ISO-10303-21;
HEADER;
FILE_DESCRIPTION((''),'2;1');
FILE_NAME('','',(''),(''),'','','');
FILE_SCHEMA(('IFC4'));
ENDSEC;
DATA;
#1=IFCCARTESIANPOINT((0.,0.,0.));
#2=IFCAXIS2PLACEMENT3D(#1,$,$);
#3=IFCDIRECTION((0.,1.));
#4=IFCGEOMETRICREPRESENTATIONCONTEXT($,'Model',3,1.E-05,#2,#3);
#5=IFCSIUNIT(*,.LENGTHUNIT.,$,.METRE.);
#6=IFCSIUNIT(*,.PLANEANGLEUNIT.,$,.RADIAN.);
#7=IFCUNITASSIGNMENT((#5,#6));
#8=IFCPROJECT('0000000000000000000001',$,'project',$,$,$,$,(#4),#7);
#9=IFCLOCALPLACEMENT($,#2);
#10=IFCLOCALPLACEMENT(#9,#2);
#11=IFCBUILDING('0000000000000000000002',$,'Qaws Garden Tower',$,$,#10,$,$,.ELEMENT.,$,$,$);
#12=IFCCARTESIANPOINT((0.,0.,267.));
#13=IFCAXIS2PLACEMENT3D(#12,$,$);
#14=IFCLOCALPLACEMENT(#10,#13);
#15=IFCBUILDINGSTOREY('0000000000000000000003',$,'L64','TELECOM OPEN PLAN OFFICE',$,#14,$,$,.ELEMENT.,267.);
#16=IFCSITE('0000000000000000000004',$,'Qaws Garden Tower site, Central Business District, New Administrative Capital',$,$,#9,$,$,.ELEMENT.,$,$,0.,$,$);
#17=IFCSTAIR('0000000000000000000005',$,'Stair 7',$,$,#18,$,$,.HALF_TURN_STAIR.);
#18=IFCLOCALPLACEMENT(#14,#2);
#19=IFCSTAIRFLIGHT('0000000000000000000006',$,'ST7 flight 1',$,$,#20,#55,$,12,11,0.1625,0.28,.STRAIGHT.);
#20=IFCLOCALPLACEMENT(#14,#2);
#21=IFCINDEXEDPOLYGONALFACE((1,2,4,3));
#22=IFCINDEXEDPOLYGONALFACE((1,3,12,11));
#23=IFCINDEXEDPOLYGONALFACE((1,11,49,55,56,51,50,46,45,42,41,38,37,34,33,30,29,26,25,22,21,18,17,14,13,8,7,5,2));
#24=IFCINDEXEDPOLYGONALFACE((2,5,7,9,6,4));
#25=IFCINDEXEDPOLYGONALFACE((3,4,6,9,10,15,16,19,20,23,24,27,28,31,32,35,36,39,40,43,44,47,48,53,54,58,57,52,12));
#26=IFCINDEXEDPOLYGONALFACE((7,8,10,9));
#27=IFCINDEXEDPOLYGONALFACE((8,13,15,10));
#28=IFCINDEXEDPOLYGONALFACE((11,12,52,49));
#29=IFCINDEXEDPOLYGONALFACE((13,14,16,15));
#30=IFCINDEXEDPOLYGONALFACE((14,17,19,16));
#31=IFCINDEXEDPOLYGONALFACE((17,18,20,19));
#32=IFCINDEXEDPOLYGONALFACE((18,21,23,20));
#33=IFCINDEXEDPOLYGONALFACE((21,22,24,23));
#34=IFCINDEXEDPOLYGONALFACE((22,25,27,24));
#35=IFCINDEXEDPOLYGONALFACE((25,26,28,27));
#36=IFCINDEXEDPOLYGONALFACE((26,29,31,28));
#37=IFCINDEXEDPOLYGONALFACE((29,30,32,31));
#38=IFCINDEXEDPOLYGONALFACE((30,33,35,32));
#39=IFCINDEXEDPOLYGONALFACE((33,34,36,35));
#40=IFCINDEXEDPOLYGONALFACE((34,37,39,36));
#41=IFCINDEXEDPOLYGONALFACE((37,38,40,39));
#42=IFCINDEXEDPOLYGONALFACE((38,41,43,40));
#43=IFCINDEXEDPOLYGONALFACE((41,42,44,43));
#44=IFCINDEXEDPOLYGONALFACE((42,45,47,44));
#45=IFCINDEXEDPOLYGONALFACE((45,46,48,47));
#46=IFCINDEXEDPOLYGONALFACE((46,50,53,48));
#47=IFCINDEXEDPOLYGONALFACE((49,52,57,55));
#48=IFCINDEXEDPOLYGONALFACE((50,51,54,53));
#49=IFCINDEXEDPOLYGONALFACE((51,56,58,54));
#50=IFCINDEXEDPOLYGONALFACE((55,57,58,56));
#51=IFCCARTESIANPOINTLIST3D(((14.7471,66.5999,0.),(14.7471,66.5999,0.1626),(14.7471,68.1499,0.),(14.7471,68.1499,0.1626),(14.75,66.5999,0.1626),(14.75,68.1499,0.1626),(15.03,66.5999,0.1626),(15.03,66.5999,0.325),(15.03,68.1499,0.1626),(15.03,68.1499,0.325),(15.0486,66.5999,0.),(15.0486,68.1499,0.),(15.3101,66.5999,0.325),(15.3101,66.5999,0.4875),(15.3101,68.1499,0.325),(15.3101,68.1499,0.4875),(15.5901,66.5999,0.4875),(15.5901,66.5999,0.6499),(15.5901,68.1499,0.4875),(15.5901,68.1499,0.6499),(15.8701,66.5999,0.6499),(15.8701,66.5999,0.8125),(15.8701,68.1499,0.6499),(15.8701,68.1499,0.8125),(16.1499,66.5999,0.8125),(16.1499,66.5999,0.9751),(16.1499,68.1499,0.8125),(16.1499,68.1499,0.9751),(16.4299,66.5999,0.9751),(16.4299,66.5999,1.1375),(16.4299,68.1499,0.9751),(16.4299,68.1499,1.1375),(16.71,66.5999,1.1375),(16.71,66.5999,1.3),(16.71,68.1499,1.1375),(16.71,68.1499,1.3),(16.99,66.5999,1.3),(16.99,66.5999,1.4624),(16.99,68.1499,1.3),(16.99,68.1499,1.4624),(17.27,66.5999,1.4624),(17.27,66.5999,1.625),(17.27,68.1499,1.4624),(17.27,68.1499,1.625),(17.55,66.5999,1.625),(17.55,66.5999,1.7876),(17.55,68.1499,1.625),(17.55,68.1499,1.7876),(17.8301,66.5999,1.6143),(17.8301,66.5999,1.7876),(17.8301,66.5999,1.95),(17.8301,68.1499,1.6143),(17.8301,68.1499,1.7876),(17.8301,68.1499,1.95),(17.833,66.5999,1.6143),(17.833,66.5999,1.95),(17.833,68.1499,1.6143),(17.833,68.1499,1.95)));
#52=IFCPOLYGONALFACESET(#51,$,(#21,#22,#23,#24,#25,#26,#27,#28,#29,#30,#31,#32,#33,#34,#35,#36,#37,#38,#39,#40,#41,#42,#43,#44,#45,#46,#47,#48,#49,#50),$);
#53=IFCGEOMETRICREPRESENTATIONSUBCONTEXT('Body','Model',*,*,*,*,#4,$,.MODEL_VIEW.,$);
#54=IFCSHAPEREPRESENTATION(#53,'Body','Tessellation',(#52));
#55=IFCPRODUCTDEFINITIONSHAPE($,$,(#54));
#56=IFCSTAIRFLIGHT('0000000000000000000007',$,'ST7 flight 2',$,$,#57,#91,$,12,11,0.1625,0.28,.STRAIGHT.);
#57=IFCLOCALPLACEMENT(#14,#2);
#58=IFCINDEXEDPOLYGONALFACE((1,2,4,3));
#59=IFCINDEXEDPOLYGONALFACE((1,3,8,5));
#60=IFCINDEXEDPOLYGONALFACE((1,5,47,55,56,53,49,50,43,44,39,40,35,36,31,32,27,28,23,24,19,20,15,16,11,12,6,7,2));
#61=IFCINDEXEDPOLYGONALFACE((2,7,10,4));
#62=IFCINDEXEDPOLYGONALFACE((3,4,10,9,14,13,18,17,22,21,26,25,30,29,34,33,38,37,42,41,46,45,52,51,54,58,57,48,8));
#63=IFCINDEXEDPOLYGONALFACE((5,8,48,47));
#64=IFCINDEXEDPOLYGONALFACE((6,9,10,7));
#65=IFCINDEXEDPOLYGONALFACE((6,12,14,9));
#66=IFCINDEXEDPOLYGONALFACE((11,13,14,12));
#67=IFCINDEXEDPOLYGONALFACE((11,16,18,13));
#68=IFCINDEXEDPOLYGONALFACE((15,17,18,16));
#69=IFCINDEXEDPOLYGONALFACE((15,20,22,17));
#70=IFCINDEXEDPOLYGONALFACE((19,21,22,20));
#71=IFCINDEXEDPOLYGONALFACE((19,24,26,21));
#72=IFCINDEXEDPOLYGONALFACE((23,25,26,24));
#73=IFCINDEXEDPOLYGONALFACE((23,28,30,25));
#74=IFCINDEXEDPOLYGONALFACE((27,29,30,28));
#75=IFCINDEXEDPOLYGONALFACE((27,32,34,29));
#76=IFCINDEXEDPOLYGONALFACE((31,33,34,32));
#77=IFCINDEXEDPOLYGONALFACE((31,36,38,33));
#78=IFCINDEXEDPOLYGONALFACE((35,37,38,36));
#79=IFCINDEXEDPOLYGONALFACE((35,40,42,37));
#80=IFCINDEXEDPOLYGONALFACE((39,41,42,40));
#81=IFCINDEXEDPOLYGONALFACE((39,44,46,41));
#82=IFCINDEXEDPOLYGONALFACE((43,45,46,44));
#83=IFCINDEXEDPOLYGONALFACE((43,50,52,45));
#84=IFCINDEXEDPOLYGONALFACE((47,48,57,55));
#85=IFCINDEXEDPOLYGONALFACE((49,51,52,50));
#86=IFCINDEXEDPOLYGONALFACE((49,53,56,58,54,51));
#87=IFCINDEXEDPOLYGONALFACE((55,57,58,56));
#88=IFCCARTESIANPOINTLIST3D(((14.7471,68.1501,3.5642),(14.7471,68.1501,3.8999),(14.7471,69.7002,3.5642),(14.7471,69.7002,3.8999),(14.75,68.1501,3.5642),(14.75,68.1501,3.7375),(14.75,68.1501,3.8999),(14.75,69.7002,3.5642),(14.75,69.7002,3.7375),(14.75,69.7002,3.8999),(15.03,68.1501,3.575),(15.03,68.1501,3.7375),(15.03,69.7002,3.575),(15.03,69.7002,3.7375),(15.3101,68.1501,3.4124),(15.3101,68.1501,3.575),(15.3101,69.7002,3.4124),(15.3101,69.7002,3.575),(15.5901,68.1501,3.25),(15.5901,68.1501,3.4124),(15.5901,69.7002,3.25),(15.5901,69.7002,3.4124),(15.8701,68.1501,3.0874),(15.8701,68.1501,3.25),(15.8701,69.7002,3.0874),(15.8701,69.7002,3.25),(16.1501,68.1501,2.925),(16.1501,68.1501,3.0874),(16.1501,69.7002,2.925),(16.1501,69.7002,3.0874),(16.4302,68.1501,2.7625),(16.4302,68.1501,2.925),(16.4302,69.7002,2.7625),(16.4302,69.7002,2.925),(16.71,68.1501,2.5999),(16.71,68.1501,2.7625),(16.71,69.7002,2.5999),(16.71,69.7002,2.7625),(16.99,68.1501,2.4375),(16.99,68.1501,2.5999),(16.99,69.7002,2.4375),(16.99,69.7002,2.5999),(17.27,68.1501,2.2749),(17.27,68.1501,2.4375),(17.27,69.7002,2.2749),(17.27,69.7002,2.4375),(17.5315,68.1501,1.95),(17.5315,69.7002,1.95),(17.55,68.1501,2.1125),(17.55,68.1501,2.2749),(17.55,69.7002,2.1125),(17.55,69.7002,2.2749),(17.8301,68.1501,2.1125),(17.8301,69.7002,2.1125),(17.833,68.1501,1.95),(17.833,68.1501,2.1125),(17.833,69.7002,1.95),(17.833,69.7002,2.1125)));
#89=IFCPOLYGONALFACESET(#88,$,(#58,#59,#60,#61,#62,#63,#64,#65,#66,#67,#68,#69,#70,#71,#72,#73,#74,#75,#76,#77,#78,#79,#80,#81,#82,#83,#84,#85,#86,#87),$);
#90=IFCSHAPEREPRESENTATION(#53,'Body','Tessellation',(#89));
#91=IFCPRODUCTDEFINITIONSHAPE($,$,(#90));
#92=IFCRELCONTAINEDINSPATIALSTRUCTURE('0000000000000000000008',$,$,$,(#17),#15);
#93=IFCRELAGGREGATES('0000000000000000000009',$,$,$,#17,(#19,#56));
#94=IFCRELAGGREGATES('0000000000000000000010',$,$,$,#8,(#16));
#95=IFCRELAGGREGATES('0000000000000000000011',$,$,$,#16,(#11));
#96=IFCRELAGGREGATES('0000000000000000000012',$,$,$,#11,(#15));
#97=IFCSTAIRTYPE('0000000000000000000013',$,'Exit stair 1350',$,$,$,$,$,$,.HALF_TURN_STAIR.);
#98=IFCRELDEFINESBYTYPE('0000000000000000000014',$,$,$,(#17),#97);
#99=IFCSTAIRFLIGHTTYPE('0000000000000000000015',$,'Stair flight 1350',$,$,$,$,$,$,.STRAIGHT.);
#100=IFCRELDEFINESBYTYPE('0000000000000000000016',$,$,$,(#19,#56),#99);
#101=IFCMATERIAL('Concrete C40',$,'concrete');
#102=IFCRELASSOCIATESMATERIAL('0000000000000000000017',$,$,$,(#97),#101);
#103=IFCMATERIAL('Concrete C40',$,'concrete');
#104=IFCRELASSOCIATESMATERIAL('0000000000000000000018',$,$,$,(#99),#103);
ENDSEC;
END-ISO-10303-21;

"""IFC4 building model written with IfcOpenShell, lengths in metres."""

from ifc_helpers import new_model, si_unit, direction, frame, origin, place, context, subcontext, project, spatial, polyline, outline, extrude, material, type_object, element, aggregate, save


model = new_model("IFC4")

# Units and contexts
model_context = context("Model", 3, precision=1e-05, world=origin(), true_north=direction((0.0, 1.0)))
body_context = subcontext(model_context, "Body", "Model", "MODEL_VIEW")
ifc_project = project(units=[si_unit("LENGTHUNIT", "METRE"), si_unit("PLANEANGLEUNIT", "RADIAN")], contexts=[model_context])

# Site, building, storey
site_placement = place(None, origin())
site = spatial("IfcSite", under=ifc_project, at=site_placement, Name="Qaws Garden Tower site, Central Business District, New Administrative Capital", CompositionType="ELEMENT", RefElevation=0.0)
building_placement = place(site_placement, origin())
building = spatial("IfcBuilding", under=site, at=building_placement, Name="Qaws Garden Tower", CompositionType="ELEMENT")
storey_placement = place(building_placement, frame((0.0, 0.0, 267.0)))
storey = spatial("IfcBuildingStorey", under=building, at=storey_placement, Name="L64", Description="TELECOM OPEN PLAN OFFICE", CompositionType="ELEMENT", Elevation=267.0)

# Stair, stair flights
ifc_material_1 = material(Name="Concrete C40", Category="concrete")
stair_type = type_object("IfcStairType", Name="Exit stair 1350", PredefinedType="HALF_TURN_STAIR", material=ifc_material_1)
stair_placement = place(storey_placement, origin())
stair = element("IfcStair", 1, at=stair_placement, inside=storey, type_object=stair_type, Name="Stair 7", PredefinedType="HALF_TURN_STAIR")
ifc_material_2 = material(Name="Concrete C40", Category="concrete")
stair_flight_type = type_object("IfcStairFlightType", Name="Stair flight 1350", PredefinedType="STRAIGHT", material=ifc_material_2)
stair_flight_1_placement = place(storey_placement, frame((14.75, 67.375, 0.0), z_axis=(0.0, 0.0, 1.0), x_axis=(1.0, 0.0, 0.0)))
stair_flight_1 = element("IfcStairFlight", 2, at=stair_flight_1_placement, type_object=stair_flight_type, Name="ST7 flight 1", NumberOfRisers=12, NumberOfTreads=11, PredefinedType="STRAIGHT", RiserHeight=0.1625, TreadLength=0.28, context=body_context, shape_type="SweptSolid", body=[
    extrude(outline(polyline([(-0.0029, 0.0), (-0.0029, 0.1626), (0.0, 0.1626), (0.28, 0.1626), (0.28, 0.325), (0.5601, 0.325), (0.5601, 0.4875), (0.8401, 0.4875), (0.8401, 0.6499), (1.1201, 0.6499), (1.1201, 0.8125), (1.3999, 0.8125), (1.3999, 0.9751), (1.6799, 0.9751), (1.6799, 1.1375), (1.96, 1.1375), (1.96, 1.3), (2.24, 1.3), (2.24, 1.4624), (2.52, 1.4624), (2.52, 1.625), (2.8, 1.625), (2.8, 1.7876), (3.0801, 1.7876), (3.0801, 1.95), (3.083, 1.95), (3.083, 1.6143), (3.0801, 1.6143), (0.2986, 0.0), (-0.0029, 0.0)])), frame((0.0, 0.7749, 0.0), z_axis=(0.0, -1.0, 0.0), x_axis=(1.0, 0.0, 0.0)), (0.0, 0.0, 1.0), 1.55),
])
stair_flight_2_placement = place(storey_placement, frame((17.8301, 68.925, 1.95), z_axis=(0.0, 0.0, 1.0), x_axis=(-1.0, 0.0, 0.0)))
stair_flight_2 = element("IfcStairFlight", 3, at=stair_flight_2_placement, type_object=stair_flight_type, Name="ST7 flight 2", NumberOfRisers=12, NumberOfTreads=11, PredefinedType="STRAIGHT", RiserHeight=0.1625, TreadLength=0.28, context=body_context, shape_type="SweptSolid", body=[
    extrude(outline(polyline([(-0.0029, 0.0), (-0.0029, 0.1626), (0.0, 0.1626), (0.28, 0.1626), (0.28, 0.325), (0.5601, 0.325), (0.5601, 0.4875), (0.8401, 0.4875), (0.8401, 0.6499), (1.1201, 0.6499), (1.1201, 0.8125), (1.3999, 0.8125), (1.3999, 0.9751), (1.6799, 0.9751), (1.6799, 1.1375), (1.96, 1.1375), (1.96, 1.3), (2.24, 1.3), (2.24, 1.4624), (2.52, 1.4624), (2.52, 1.625), (2.8, 1.625), (2.8, 1.7876), (3.0801, 1.7876), (3.0801, 1.95), (3.083, 1.95), (3.083, 1.6143), (3.0801, 1.6143), (0.2986, 0.0), (-0.0029, 0.0)])), frame((0.0, 0.7749, 0.0), z_axis=(0.0, -1.0, 0.0), x_axis=(1.0, 0.0, 0.0)), (0.0, 0.0, 1.0), 1.55),
])
aggregate(stair, [stair_flight_1, stair_flight_2])

save(model, "model.ifc")
